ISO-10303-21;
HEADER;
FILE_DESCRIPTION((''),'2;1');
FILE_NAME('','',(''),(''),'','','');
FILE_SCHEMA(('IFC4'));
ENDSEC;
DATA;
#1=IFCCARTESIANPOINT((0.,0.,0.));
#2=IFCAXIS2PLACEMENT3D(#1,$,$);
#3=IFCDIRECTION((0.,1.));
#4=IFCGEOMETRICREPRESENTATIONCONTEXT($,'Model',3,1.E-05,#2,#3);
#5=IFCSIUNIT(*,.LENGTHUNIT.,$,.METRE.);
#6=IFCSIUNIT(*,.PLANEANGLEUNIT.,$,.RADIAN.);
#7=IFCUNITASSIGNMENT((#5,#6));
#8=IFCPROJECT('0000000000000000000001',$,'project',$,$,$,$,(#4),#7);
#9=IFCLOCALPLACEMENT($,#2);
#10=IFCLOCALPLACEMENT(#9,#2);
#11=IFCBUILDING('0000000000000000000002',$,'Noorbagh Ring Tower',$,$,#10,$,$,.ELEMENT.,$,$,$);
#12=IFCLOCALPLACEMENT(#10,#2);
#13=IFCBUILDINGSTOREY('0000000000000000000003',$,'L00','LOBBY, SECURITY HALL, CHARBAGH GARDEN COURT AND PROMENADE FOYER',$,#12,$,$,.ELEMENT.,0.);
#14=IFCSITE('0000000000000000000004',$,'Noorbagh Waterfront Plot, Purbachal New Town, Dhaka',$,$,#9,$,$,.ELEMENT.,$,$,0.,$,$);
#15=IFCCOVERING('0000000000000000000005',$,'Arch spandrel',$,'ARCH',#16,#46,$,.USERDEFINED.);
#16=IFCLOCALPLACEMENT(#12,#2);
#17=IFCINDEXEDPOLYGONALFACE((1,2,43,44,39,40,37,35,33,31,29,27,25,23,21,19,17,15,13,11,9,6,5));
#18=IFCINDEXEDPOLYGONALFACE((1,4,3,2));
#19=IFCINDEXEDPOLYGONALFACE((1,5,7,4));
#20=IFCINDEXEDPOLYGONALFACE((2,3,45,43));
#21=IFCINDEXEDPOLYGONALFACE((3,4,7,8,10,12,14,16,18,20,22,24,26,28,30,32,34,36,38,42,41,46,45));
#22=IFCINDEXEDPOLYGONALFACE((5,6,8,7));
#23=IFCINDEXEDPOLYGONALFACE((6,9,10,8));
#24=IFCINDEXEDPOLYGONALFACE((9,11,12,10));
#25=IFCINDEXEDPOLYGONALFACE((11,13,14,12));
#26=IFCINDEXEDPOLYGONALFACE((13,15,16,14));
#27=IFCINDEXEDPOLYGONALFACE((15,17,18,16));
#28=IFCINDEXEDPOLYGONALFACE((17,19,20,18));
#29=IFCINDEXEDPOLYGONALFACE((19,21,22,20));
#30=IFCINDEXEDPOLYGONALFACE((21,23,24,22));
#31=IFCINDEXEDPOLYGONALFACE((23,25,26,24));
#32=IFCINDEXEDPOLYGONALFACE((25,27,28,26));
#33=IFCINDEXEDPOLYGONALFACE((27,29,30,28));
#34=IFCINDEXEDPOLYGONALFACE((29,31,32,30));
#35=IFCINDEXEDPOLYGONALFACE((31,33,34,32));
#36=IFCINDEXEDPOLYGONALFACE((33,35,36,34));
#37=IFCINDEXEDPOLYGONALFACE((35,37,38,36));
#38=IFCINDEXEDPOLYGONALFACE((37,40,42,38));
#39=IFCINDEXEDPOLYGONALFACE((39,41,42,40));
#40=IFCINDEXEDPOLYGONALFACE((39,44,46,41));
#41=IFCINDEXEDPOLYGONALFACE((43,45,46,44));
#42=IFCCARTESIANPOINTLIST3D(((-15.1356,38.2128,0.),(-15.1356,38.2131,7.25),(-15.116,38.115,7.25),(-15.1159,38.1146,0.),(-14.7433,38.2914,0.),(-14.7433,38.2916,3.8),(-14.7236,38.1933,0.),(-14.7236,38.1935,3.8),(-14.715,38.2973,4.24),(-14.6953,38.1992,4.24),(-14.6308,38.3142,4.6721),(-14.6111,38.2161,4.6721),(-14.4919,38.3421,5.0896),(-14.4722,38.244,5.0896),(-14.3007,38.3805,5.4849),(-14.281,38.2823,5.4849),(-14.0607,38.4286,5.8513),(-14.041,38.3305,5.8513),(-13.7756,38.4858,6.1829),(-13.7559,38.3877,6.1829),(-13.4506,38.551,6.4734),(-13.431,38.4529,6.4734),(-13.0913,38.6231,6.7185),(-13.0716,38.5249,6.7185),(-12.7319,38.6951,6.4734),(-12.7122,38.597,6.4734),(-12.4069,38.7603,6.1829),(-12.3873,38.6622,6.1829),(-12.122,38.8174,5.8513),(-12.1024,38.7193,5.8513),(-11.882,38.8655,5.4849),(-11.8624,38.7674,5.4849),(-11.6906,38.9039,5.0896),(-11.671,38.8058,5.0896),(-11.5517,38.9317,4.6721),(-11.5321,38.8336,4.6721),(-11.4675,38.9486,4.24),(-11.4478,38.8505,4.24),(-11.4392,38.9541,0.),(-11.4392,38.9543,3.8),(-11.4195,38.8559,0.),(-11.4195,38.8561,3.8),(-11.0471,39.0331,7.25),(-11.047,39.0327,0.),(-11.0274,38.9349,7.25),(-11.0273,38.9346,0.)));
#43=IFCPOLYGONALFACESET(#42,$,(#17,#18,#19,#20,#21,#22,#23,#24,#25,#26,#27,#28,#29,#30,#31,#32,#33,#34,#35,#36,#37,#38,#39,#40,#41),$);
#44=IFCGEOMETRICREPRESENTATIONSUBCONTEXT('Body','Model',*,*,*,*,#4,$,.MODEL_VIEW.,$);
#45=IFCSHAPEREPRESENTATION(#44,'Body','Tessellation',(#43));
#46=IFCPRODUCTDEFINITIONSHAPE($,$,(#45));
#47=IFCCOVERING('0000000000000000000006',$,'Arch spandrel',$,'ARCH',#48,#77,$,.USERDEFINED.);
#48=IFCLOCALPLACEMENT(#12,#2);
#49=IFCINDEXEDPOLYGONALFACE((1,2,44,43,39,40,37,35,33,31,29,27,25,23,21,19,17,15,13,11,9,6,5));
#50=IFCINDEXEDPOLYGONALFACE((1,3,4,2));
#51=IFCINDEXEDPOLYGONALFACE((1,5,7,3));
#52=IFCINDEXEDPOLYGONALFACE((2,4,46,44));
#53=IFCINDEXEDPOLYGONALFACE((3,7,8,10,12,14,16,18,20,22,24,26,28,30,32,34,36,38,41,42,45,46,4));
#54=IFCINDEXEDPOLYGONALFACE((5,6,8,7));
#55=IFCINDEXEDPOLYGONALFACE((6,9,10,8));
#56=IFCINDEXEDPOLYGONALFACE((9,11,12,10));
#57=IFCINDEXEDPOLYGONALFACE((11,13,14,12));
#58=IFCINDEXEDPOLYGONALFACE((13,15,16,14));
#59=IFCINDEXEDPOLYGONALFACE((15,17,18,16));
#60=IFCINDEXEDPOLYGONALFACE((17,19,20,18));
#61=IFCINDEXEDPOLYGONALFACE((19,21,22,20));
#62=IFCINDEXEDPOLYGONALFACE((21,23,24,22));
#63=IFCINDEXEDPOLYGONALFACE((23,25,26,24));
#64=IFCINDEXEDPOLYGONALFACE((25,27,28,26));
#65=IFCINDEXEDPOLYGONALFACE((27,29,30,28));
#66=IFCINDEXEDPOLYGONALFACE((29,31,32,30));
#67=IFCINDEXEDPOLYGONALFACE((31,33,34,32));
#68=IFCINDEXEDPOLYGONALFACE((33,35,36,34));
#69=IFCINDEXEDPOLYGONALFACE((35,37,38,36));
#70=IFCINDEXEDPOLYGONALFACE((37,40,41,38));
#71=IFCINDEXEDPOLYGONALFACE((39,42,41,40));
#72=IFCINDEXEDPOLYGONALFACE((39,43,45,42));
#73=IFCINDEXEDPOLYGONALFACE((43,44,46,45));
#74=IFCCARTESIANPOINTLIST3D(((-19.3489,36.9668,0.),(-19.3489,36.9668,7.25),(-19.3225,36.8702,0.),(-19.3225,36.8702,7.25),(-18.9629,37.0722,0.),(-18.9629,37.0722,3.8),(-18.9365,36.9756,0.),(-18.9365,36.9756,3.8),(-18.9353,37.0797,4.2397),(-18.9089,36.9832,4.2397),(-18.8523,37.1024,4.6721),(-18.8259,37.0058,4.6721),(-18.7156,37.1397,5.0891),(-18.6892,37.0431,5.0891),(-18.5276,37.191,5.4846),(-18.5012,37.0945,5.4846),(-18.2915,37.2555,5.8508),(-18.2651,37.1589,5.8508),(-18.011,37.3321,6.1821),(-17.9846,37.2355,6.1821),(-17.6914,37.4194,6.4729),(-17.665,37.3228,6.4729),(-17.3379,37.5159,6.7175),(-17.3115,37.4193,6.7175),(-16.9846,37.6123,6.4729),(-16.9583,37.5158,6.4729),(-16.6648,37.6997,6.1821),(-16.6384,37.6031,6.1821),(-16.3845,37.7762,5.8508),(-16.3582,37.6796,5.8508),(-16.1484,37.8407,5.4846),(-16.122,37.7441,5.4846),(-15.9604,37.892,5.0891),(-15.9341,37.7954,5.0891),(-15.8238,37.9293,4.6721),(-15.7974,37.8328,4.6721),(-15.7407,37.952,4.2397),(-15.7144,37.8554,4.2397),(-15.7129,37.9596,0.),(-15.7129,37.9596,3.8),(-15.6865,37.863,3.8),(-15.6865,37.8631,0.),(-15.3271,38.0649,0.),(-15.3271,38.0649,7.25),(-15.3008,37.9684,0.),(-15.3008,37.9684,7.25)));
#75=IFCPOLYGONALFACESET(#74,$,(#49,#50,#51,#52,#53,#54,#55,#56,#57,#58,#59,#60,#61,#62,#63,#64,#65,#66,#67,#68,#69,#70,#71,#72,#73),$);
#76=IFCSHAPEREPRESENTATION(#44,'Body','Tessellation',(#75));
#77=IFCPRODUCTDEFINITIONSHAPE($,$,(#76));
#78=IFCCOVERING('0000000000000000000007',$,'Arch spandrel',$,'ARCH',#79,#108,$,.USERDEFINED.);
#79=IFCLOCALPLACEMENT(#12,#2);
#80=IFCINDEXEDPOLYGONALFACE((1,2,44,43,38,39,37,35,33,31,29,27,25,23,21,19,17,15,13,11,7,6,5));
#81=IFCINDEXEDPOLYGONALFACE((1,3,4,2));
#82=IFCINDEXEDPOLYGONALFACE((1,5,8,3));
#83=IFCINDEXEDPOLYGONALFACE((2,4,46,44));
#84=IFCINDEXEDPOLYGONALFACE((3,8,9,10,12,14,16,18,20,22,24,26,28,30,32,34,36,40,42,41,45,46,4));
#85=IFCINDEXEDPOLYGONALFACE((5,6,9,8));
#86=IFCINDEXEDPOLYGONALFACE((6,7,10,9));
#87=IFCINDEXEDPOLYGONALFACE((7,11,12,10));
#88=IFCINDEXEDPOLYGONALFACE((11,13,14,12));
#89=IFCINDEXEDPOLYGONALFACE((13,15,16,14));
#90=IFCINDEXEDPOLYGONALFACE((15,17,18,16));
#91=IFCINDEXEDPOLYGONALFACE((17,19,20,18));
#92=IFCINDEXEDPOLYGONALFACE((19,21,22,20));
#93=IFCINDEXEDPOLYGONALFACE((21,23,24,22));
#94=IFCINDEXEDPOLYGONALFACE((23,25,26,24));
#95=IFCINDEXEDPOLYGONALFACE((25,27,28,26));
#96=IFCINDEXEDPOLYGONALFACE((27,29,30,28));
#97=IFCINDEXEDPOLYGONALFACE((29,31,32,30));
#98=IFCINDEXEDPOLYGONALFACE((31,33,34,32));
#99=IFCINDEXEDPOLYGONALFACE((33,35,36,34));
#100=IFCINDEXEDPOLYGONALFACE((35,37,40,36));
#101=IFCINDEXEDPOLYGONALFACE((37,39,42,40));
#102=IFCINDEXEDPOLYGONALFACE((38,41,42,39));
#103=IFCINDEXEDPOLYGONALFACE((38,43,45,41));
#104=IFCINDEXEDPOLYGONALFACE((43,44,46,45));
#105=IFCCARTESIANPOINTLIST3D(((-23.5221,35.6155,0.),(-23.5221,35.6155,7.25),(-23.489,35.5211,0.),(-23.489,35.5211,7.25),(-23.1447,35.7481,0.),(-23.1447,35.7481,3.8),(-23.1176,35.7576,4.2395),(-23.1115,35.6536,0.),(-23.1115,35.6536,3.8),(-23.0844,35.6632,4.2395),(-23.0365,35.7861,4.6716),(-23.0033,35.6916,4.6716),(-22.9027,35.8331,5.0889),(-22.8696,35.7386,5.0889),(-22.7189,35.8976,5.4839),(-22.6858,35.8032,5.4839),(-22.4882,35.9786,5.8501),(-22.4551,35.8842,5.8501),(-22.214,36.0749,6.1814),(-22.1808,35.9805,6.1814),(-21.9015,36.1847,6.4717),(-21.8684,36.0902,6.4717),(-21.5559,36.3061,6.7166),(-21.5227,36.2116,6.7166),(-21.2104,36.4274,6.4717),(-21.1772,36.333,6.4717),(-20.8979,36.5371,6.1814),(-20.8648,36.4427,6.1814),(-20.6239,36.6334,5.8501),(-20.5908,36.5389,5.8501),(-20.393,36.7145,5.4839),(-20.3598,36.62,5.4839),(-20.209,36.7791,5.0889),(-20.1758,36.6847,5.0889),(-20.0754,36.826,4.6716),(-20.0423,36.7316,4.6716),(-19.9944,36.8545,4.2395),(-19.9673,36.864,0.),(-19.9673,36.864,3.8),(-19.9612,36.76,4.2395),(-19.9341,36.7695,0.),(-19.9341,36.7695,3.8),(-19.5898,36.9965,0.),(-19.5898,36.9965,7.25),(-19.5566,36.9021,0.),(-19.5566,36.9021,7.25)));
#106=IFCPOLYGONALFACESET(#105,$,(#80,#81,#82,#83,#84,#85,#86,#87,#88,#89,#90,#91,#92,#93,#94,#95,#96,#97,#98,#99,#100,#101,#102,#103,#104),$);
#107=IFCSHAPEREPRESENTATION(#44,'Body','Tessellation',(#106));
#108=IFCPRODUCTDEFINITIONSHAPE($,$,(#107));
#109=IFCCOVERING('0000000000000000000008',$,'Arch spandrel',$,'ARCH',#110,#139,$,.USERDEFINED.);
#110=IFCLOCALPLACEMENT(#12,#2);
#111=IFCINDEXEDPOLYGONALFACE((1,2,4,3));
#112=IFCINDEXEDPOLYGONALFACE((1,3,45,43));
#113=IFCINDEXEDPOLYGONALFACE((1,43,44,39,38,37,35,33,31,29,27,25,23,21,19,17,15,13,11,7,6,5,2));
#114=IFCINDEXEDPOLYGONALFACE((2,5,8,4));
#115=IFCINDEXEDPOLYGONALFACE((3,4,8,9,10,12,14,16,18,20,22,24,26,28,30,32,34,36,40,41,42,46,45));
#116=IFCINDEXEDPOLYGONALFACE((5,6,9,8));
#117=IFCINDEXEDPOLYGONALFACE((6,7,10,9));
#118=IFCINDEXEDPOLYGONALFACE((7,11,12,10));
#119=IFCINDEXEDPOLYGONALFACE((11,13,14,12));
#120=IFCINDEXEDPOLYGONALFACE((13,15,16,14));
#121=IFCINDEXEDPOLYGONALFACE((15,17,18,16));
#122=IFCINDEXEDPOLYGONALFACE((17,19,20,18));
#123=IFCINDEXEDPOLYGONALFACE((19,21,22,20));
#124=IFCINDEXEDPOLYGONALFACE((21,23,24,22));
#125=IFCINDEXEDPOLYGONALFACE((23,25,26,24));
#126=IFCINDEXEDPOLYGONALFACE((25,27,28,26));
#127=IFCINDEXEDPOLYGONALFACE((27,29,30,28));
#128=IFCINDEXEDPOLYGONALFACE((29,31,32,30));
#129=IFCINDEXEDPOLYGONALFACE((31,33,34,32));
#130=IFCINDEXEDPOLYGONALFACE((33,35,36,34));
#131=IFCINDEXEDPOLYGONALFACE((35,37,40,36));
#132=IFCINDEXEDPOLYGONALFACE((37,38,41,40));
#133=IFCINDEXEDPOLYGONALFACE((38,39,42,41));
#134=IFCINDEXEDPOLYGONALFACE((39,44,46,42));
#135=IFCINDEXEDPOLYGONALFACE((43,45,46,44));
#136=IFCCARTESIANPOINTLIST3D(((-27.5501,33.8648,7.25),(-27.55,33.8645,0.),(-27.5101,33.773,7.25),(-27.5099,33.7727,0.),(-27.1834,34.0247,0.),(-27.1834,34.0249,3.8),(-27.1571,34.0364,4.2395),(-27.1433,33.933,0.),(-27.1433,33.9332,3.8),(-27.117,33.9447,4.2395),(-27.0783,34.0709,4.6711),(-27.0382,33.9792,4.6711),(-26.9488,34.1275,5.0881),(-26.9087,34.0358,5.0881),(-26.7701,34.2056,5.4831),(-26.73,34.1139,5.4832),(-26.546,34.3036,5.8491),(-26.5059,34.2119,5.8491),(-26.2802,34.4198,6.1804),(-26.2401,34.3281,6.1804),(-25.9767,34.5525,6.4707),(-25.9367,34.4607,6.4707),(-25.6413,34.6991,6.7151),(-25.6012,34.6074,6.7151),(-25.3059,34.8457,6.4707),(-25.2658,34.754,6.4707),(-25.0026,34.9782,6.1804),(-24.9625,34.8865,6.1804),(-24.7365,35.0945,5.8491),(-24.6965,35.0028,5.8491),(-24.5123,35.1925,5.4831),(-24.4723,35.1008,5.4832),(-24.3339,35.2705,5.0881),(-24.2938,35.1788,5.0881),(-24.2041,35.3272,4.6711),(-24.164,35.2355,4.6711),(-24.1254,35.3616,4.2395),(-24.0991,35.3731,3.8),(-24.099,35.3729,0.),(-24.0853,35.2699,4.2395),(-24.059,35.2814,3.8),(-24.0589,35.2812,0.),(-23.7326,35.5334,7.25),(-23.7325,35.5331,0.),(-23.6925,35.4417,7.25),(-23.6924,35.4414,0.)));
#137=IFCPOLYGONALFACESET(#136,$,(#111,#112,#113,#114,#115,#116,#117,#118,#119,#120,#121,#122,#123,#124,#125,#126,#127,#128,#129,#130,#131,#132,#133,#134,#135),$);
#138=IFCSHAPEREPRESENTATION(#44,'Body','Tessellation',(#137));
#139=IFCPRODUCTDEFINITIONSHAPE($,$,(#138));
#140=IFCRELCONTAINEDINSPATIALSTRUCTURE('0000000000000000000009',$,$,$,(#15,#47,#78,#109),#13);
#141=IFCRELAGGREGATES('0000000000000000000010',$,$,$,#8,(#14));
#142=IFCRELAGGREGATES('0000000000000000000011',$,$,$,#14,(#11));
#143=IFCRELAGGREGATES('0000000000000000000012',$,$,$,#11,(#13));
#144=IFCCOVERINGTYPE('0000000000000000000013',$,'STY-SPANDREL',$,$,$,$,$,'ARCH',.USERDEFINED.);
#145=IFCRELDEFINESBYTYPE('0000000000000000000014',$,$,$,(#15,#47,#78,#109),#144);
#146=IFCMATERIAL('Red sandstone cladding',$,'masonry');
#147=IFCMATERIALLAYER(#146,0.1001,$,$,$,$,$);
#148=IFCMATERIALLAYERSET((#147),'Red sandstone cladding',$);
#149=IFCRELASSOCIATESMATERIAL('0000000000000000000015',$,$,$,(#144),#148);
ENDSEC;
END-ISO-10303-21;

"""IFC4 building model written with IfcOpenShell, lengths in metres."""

from ifc_helpers import new_model, si_unit, direction, frame, origin, place, context, subcontext, project, spatial, polyline, outline, extrude, material, layer, layer_set, type_object, element, save


model = new_model("IFC4")

# Units and contexts
model_context = context("Model", 3, precision=1e-05, world=origin(), true_north=direction((0.0, 1.0)))
body_context = subcontext(model_context, "Body", "Model", "MODEL_VIEW")
ifc_project = project(units=[si_unit("LENGTHUNIT", "METRE"), si_unit("PLANEANGLEUNIT", "RADIAN")], contexts=[model_context])

# Site, building, storey
site_placement = place(None, origin())
site = spatial("IfcSite", under=ifc_project, at=site_placement, Name="Noorbagh Waterfront Plot, Purbachal New Town, Dhaka", CompositionType="ELEMENT", RefElevation=0.0)
building_placement = place(site_placement, origin())
building = spatial("IfcBuilding", under=site, at=building_placement, Name="Noorbagh Ring Tower", CompositionType="ELEMENT")
storey_placement = place(building_placement, origin())
storey = spatial("IfcBuildingStorey", under=building, at=storey_placement, Name="L00", Description="LOBBY, SECURITY HALL, CHARBAGH GARDEN COURT AND PROMENADE FOYER", CompositionType="ELEMENT", Elevation=0.0)

# Coverings
ifc_material_1 = material(Name="Red sandstone cladding", Category="masonry")
ifc_layer_1 = layer(ifc_material_1, 0.1001)
ifc_layer_set_1 = layer_set([ifc_layer_1], Name="Red sandstone cladding")
covering_type = type_object("IfcCoveringType", Name="STY-SPANDREL", ElementType="ARCH", PredefinedType="USERDEFINED", material=ifc_layer_set_1)
covering_1_placement = place(storey_placement, frame((-11.0273, 38.9346, 0.0), z_axis=(0.196631, -0.980478, 0.000049), x_axis=(-0.980478, -0.196631, 0.0)))
element("IfcCovering", 1, at=covering_1_placement, inside=storey, type_object=covering_type, Name="Arch spandrel", ObjectType="ARCH", PredefinedType="USERDEFINED", context=body_context, shape_type="SweptSolid", body=[
    extrude(outline(polyline([(0.0, 0.0), (0.3999, 0.0), (0.3999, -3.8), (0.4288, -4.24), (0.5147, -4.6721), (0.6564, -5.0896), (0.8516, -5.4849), (1.0964, -5.8513), (1.3869, -6.1829), (1.7184, -6.4734), (2.0849, -6.7185), (2.4514, -6.4734), (2.7828, -6.1829), (3.0737, -5.8513), (3.3184, -5.4849), (3.5134, -5.0896), (3.6551, -4.6721), (3.741, -4.24), (3.7698, -3.8), (3.7698, 0.0), (4.17, 0.0), (4.17, -7.25), (0.0, -7.25), (0.0, 0.0)])), origin(), (0.0, 0.0, -1.0), 0.1001),
])
covering_2_placement = place(storey_placement, frame((-15.3271, 38.0649, 0.0), z_axis=(-0.26341, 0.964684, 0.000003), x_axis=(-0.964684, -0.26341, 0.0)))
element("IfcCovering", 2, at=covering_2_placement, inside=storey, type_object=covering_type, Name="Arch spandrel", ObjectType="ARCH", PredefinedType="USERDEFINED", context=body_context, shape_type="SweptSolid", body=[
    extrude(outline(polyline([(0.0, 0.0), (0.3998, 0.0), (0.3998, 3.8), (0.4287, 4.2397), (0.5148, 4.6721), (0.6565, 5.0891), (0.8513, 5.4846), (1.0961, 5.8508), (1.3866, 6.1821), (1.7182, 6.4729), (2.0844, 6.7175), (2.4508, 6.4729), (2.7821, 6.1821), (3.0729, 5.8508), (3.3176, 5.4846), (3.5125, 5.0891), (3.6542, 4.6721), (3.7402, 4.2397), (3.7688, 3.8), (3.7688, 0.0), (4.169, 0.0), (4.169, 7.25), (0.0, 7.25), (0.0, 0.0)])), origin(), (0.0, 0.0, -1.0), 0.1001),
])
covering_3_placement = place(storey_placement, frame((-19.5566, 36.9021, 0.0), z_axis=(0.331354, -0.943506, 0.000001), x_axis=(-0.943506, -0.331354, 0.0)))
element("IfcCovering", 3, at=covering_3_placement, inside=storey, type_object=covering_type, Name="Arch spandrel", ObjectType="ARCH", PredefinedType="USERDEFINED", context=body_context, shape_type="SweptSolid", body=[
    extrude(outline(polyline([(0.0, 0.0), (0.4, 0.0), (0.4, -3.8), (0.4288, -4.2395), (0.5147, -4.6716), (0.6562, -5.0889), (0.8513, -5.4839), (1.096, -5.8501), (1.3865, -6.1814), (1.7176, -6.4717), (2.0838, -6.7166), (2.4502, -6.4717), (2.7813, -6.1814), (3.072, -5.8501), (3.3165, -5.4839), (3.5113, -5.0889), (3.6531, -4.6716), (3.739, -4.2395), (3.7677, -3.8), (3.7677, 0.0), (4.1678, 0.0), (4.1678, -7.25), (0.0, -7.25), (0.0, 0.0)])), origin(), (0.0, 0.0, -1.0), 0.1001),
])
covering_4_placement = place(storey_placement, frame((-23.6924, 35.4414, 0.0), z_axis=(0.400515, -0.91629, 0.000046), x_axis=(-0.91629, -0.400515, 0.0)))
element("IfcCovering", 4, at=covering_4_placement, inside=storey, type_object=covering_type, Name="Arch spandrel", ObjectType="ARCH", PredefinedType="USERDEFINED", context=body_context, shape_type="SweptSolid", body=[
    extrude(outline(polyline([(0.0, 0.0), (0.4, 0.0), (0.4, -3.8), (0.4288, -4.2395), (0.5146, -4.6711), (0.6563, -5.0881), (0.851, -5.4832), (1.0957, -5.8491), (1.3861, -6.1804), (1.717, -6.4707), (2.083, -6.7151), (2.4492, -6.4707), (2.7803, -6.1804), (3.0705, -5.8491), (3.3151, -5.4832), (3.5101, -5.0881), (3.6513, -4.6711), (3.7374, -4.2395), (3.7661, -3.8), (3.7661, 0.0), (4.1663, 0.0), (4.1663, -7.25), (0.0, -7.25), (0.0, 0.0)])), origin(), (0.0, 0.0, -1.0), 0.1001),
])

save(model, "model.ifc")
